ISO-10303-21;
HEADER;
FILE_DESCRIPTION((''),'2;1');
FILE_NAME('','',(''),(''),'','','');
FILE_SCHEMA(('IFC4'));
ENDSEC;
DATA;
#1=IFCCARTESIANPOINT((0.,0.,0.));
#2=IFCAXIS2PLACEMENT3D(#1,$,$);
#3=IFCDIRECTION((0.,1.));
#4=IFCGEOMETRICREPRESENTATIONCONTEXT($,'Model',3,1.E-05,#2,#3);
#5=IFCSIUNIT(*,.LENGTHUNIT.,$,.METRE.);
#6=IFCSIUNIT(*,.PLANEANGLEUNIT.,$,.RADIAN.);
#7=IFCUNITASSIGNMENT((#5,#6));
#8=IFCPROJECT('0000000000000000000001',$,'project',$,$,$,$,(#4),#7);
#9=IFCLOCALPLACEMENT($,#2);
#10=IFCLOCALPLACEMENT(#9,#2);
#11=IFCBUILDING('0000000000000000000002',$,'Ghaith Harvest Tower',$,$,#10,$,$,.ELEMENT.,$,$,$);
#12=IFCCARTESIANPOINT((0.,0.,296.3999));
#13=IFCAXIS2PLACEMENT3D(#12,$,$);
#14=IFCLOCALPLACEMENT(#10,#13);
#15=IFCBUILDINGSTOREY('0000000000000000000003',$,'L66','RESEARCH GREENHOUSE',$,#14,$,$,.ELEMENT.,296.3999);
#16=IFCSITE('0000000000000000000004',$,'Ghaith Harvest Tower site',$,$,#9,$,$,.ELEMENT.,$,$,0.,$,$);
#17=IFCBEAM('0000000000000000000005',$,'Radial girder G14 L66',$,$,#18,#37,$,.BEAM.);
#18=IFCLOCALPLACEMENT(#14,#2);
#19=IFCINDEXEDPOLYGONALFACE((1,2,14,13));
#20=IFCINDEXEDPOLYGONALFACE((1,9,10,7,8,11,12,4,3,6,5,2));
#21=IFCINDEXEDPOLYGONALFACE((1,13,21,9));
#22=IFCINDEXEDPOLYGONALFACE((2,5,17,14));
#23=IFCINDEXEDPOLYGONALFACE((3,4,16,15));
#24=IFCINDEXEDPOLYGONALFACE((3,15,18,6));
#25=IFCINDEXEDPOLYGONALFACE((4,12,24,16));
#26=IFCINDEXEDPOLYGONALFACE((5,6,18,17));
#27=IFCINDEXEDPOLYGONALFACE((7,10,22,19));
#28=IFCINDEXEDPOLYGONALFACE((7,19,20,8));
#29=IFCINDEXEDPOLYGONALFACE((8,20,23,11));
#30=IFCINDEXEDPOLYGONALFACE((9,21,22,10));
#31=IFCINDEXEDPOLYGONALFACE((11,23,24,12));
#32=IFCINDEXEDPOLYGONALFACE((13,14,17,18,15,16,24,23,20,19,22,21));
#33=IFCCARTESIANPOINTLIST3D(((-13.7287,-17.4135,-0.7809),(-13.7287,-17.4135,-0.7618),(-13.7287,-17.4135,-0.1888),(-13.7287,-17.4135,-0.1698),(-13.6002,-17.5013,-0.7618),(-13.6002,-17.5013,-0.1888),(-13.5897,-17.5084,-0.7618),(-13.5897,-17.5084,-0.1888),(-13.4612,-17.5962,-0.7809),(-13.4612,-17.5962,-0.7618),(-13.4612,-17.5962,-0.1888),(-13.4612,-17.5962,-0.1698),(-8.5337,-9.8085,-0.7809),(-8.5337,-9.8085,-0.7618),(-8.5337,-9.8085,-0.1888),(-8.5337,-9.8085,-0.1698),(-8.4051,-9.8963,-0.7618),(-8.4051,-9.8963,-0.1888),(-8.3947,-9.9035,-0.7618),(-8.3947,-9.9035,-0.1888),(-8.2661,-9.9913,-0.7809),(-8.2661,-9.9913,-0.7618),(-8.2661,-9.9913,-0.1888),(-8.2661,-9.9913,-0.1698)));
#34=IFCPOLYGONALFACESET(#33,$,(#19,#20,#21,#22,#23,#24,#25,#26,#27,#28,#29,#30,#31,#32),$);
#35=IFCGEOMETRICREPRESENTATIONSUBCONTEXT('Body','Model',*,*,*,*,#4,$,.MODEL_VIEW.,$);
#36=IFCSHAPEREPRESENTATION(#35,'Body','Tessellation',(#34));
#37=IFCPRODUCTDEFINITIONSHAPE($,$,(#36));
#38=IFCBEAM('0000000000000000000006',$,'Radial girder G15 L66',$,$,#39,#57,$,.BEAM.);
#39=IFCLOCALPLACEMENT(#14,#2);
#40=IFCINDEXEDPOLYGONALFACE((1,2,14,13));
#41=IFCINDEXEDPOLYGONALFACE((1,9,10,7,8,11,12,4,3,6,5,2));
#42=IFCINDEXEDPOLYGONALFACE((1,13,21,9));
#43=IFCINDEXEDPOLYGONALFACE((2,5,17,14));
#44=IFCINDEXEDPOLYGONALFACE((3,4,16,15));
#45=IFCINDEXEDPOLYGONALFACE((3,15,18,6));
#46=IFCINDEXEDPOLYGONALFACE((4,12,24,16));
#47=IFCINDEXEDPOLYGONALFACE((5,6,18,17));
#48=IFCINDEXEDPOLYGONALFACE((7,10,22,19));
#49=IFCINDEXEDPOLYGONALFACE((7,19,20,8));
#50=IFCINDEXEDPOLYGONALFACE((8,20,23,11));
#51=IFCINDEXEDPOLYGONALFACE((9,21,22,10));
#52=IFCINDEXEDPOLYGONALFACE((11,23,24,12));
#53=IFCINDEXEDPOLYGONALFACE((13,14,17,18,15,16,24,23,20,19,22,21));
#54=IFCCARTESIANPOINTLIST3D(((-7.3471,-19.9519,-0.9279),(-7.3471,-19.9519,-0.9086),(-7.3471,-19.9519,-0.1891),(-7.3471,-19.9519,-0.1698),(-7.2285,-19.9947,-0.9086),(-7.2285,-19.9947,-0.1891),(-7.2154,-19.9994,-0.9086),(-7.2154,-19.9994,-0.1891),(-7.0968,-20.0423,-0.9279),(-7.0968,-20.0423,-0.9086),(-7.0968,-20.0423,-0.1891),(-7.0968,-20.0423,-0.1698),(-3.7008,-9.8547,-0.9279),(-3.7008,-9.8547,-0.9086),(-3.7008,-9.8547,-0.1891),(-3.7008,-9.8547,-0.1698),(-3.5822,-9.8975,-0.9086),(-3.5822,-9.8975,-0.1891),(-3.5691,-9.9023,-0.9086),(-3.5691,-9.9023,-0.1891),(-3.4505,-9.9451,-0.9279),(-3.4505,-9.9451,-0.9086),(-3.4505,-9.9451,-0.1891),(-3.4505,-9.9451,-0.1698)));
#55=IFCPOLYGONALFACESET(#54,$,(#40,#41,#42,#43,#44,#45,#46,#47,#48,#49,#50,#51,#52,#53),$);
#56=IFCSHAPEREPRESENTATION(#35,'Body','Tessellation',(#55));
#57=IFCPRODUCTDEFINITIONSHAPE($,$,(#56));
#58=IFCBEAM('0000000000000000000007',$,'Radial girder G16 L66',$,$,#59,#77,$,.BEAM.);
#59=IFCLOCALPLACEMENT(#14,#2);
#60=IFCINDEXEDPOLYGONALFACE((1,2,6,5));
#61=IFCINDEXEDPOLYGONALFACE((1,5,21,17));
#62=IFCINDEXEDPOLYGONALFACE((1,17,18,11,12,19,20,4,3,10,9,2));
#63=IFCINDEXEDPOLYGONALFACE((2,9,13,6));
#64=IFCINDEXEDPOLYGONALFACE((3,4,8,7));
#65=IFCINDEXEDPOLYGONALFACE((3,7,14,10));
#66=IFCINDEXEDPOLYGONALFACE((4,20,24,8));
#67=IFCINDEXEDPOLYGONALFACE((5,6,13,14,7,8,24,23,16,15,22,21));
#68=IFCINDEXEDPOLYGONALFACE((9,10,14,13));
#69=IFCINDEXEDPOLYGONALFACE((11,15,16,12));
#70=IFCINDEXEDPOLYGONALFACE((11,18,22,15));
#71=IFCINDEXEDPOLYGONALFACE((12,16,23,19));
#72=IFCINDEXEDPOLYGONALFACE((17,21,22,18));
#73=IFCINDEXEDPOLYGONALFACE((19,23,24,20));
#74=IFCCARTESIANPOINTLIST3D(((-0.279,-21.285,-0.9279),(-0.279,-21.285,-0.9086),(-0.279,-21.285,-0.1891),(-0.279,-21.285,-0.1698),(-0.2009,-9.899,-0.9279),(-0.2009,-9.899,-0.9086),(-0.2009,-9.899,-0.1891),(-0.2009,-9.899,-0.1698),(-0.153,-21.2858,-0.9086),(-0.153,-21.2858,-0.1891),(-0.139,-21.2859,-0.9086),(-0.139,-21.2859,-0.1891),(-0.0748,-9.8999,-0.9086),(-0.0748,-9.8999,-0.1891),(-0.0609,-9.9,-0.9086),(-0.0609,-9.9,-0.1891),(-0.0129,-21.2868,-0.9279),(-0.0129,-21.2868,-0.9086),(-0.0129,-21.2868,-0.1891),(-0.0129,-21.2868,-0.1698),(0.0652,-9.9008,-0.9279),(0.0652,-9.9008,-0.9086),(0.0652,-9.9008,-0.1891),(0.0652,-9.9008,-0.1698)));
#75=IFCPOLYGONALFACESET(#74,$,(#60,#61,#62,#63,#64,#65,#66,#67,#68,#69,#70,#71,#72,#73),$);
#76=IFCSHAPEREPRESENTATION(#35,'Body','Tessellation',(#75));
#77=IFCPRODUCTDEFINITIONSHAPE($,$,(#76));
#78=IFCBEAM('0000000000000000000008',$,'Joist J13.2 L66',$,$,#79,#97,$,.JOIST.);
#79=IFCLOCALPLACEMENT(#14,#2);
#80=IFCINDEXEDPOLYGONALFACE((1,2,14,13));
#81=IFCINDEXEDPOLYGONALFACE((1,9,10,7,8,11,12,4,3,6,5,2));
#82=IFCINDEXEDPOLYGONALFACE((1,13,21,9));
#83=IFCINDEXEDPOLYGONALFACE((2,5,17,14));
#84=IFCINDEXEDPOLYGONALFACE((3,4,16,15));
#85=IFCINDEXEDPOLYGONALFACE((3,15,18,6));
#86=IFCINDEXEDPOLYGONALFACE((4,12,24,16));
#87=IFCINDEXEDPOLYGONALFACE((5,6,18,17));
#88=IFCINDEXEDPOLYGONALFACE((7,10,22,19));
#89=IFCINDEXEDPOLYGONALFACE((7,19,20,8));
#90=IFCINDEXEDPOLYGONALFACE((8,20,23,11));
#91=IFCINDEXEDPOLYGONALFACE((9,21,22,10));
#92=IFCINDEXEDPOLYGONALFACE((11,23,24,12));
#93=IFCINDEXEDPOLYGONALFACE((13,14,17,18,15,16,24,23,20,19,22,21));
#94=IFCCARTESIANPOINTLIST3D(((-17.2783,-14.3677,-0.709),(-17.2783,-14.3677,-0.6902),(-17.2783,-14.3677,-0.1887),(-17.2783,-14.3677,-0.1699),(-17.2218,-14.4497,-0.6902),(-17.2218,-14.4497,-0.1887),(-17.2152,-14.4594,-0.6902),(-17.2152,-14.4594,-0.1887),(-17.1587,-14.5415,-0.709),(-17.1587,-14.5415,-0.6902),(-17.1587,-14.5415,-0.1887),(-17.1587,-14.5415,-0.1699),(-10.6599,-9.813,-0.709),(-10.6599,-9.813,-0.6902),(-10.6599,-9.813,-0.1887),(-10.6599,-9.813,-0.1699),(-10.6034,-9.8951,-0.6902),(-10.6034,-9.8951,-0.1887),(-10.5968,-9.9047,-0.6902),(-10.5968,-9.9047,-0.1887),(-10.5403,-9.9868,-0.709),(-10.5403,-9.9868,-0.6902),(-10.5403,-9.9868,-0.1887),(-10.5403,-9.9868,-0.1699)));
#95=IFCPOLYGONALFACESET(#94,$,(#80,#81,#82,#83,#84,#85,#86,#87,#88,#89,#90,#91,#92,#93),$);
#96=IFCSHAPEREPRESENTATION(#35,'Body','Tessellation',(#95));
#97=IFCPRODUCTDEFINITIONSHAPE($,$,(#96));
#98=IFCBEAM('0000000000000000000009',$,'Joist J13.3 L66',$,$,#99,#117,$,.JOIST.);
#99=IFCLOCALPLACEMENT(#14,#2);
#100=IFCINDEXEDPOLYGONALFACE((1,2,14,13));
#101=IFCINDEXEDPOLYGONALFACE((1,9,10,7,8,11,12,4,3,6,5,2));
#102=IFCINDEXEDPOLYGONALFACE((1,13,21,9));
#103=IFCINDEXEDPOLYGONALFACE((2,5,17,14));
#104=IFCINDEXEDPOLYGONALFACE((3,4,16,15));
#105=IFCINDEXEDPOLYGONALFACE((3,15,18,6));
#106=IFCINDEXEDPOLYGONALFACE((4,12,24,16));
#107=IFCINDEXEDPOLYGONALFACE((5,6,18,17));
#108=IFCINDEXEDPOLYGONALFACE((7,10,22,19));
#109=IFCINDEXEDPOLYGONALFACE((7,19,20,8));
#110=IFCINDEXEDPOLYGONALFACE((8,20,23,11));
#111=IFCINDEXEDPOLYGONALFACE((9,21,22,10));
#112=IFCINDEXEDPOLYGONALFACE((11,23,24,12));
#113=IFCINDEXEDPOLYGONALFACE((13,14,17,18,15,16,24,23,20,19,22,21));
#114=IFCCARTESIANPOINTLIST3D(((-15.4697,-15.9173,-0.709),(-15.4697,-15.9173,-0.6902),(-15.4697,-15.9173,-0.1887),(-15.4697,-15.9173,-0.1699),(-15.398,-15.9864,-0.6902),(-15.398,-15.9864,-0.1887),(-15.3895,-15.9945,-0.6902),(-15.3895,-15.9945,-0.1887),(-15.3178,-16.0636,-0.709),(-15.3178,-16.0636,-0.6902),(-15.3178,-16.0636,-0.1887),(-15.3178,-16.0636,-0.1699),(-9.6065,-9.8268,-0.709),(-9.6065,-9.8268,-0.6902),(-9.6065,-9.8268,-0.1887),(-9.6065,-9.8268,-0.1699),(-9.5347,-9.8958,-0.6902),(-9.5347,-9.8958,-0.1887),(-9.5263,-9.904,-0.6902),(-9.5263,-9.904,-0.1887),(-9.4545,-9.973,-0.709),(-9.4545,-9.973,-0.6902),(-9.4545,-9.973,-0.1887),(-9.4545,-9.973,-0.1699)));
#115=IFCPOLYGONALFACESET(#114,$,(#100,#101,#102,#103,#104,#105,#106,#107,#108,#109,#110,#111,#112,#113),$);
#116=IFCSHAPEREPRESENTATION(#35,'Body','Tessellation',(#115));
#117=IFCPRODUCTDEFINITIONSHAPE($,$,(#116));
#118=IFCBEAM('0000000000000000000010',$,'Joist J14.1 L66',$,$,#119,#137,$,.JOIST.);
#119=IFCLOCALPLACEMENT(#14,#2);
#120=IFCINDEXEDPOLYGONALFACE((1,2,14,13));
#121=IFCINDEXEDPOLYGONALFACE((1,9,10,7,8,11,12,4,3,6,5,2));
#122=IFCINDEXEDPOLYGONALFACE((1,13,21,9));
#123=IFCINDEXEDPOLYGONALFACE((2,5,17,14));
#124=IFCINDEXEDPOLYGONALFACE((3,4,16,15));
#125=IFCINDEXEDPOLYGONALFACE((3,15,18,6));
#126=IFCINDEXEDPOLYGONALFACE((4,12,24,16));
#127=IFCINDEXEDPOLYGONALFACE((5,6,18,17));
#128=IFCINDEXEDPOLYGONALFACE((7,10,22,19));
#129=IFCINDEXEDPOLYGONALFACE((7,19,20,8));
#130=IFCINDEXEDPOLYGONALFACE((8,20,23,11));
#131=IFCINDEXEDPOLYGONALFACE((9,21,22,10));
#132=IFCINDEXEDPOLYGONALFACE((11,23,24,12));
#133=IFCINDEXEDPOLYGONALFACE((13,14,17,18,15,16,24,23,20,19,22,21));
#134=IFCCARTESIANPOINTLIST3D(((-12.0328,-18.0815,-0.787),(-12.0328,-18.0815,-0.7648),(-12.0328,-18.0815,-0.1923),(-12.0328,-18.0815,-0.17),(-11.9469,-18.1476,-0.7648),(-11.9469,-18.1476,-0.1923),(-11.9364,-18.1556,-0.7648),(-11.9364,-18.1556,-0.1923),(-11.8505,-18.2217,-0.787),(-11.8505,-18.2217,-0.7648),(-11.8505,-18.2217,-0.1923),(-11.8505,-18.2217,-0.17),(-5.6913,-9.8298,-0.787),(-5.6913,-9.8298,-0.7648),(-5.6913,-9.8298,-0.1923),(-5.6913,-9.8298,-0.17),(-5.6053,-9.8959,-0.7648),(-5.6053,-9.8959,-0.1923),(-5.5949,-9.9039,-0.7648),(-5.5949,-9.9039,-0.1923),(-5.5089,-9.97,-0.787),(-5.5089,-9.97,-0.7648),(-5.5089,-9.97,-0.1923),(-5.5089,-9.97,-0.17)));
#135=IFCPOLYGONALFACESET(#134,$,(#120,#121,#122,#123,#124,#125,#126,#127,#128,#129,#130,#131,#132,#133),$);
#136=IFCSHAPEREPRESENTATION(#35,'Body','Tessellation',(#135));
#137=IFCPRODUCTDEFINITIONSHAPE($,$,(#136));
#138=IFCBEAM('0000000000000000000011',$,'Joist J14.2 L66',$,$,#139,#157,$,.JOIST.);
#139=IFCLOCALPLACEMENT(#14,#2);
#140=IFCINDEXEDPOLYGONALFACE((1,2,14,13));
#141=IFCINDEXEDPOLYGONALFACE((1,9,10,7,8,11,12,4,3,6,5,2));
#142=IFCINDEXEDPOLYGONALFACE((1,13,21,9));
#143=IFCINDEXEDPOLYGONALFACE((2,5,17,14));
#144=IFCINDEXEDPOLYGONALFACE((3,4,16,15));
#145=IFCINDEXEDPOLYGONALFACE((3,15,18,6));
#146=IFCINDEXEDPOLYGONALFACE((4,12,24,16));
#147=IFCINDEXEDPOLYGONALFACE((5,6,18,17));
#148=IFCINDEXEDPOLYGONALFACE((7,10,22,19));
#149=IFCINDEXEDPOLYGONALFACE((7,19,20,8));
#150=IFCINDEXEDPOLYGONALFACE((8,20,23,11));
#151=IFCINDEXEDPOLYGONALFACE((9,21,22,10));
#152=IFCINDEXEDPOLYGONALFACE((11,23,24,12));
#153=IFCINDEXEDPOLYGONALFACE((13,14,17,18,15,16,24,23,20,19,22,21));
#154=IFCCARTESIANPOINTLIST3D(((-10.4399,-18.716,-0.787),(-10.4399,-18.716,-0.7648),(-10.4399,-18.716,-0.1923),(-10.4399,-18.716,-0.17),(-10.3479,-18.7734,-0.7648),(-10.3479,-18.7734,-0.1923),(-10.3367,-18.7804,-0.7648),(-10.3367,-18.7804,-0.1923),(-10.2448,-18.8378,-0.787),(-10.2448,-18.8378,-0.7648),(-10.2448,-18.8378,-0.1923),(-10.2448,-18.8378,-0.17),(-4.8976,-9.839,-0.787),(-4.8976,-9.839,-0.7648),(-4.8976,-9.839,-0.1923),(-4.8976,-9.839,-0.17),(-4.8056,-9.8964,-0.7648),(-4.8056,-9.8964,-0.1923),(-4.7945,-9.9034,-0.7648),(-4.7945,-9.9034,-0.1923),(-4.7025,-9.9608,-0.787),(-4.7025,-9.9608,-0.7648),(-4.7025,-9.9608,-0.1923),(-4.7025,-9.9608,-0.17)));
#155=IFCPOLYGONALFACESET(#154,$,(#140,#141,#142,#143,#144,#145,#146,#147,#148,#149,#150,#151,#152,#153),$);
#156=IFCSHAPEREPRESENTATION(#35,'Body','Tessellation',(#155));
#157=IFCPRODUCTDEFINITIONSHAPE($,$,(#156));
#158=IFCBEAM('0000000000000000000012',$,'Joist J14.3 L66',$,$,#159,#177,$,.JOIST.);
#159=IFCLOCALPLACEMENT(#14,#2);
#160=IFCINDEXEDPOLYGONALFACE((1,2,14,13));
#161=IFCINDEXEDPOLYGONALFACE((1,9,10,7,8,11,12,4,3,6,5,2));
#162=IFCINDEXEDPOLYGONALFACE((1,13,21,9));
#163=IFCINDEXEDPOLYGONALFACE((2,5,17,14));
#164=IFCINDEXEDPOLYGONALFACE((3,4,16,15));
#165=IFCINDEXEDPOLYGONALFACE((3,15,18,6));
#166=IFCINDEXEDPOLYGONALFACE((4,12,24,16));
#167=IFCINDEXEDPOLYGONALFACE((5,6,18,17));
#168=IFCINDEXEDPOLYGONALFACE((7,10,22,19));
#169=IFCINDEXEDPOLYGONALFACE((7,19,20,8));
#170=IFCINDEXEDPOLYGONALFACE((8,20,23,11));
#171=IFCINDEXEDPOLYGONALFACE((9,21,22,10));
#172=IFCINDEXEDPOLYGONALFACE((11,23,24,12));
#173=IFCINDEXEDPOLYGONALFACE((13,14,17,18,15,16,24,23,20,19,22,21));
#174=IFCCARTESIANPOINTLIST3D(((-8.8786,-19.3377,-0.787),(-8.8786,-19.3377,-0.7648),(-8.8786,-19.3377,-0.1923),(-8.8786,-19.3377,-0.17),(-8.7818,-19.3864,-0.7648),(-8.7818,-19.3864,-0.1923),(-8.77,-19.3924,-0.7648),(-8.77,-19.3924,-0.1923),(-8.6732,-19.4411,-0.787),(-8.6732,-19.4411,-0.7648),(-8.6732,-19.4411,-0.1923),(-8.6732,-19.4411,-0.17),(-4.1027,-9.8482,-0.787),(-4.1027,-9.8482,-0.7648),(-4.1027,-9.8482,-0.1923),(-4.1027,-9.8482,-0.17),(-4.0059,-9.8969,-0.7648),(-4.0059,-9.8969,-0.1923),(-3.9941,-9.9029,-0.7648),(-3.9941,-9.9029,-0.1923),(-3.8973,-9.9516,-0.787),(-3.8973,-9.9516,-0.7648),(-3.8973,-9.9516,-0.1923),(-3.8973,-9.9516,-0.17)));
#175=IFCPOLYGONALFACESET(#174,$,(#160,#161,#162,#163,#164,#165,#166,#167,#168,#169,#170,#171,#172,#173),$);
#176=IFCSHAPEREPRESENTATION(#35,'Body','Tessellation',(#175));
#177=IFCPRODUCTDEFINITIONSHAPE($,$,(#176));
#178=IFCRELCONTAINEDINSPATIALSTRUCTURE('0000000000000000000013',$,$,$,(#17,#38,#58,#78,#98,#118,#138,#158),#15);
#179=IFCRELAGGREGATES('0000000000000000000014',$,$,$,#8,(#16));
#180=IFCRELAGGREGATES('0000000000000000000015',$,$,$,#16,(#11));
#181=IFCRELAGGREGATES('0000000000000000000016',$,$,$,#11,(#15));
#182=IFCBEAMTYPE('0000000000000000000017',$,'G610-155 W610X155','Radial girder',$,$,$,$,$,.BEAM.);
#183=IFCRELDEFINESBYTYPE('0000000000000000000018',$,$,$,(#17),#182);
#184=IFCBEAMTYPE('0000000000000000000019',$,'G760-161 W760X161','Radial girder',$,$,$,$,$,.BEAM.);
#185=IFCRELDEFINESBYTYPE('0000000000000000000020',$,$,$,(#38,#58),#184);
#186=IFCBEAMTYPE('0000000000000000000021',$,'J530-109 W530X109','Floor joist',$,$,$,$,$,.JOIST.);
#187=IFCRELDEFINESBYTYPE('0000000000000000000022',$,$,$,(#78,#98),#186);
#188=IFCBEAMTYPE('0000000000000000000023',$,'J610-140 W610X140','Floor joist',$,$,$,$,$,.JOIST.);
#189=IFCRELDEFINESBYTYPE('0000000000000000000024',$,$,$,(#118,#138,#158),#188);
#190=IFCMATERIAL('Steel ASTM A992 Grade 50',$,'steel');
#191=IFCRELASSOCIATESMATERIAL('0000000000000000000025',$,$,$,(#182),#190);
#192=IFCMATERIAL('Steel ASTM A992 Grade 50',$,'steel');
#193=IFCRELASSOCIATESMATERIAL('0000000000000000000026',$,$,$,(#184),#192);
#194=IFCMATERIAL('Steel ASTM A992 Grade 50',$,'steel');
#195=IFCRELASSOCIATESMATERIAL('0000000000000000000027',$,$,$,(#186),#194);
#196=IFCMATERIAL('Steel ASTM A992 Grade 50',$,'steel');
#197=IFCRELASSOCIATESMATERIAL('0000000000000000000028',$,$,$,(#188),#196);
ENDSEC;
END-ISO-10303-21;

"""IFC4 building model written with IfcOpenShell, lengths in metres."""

from ifc_helpers import new_model, si_unit, direction, frame, origin, origin_2d, place, context, subcontext, project, spatial, i_section, extrude, material, material_profile, profile_set, type_object, element, save


model = new_model("IFC4")

# Units and contexts
model_context = context("Model", 3, precision=1e-05, world=origin(), true_north=direction((0.0, 1.0)))
body_context = subcontext(model_context, "Body", "Model", "MODEL_VIEW")
ifc_project = project(units=[si_unit("LENGTHUNIT", "METRE"), si_unit("PLANEANGLEUNIT", "RADIAN")], contexts=[model_context])

# Site, building, storey
site_placement = place(None, origin())
site = spatial("IfcSite", under=ifc_project, at=site_placement, Name="Ghaith Harvest Tower site", CompositionType="ELEMENT", RefElevation=0.0)
building_placement = place(site_placement, origin())
building = spatial("IfcBuilding", under=site, at=building_placement, Name="Ghaith Harvest Tower", CompositionType="ELEMENT")
storey_placement = place(building_placement, frame((0.0, 0.0, 296.3999)))
storey = spatial("IfcBuildingStorey", under=building, at=storey_placement, Name="L66", Description="RESEARCH GREENHOUSE", CompositionType="ELEMENT", Elevation=296.3999)

# Beams
ifc_material_1 = material(Name="Steel ASTM A992 Grade 50", Category="steel")
ifc_material_profile_1 = material_profile(ifc_material_1, i_section(OverallWidth=0.324, OverallDepth=0.6111, WebThickness=0.0127, FlangeThickness=0.019, at=origin_2d()), Name="W610X155")
ifc_profile_set_1 = profile_set([ifc_material_profile_1], Name="Steel ASTM A992 Grade 50")
beam_type_1 = type_object("IfcBeamType", Name="G610-155 W610X155", Description="Radial girder", PredefinedType="BEAM", material=ifc_profile_set_1)
beam_1_placement = place(storey_placement, frame((-8.3999, -9.8999, -0.4753), z_axis=(-0.564067, -0.825729, 0.0), x_axis=(0.825729, -0.564067, 0.0)))
element("IfcBeam", 1, at=beam_1_placement, inside=storey, type_object=beam_type_1, Name="Radial girder G14 L66", PredefinedType="BEAM", context=body_context, shape_type="SweptSolid", body=[
    extrude(i_section(OverallWidth=0.324, OverallDepth=0.6111, WebThickness=0.0127, FlangeThickness=0.019, at=origin_2d()), origin(), (0.0, 0.0, 1.0), 9.21),
])
ifc_material_2 = material(Name="Steel ASTM A992 Grade 50", Category="steel")
ifc_material_profile_2 = material_profile(ifc_material_2, i_section(OverallWidth=0.2661, OverallDepth=0.7581, WebThickness=0.0139, FlangeThickness=0.0193, at=origin_2d()), Name="W760X161")
ifc_profile_set_2 = profile_set([ifc_material_profile_2], Name="Steel ASTM A992 Grade 50")
beam_type_2 = type_object("IfcBeamType", Name="G760-161 W760X161", Description="Radial girder", PredefinedType="BEAM", material=ifc_profile_set_2)
beam_2_placement = place(storey_placement, frame((-3.5757, -9.8999, -0.5488), z_axis=(-0.339648, -0.940553, 0.0), x_axis=(0.940553, -0.339648, 0.0)))
element("IfcBeam", 2, at=beam_2_placement, inside=storey, type_object=beam_type_2, Name="Radial girder G15 L66", PredefinedType="BEAM", context=body_context, shape_type="SweptSolid", body=[
    extrude(i_section(OverallWidth=0.2661, OverallDepth=0.7581, WebThickness=0.0139, FlangeThickness=0.0193, at=origin_2d()), origin(), (0.0, 0.0, 1.0), 10.7354),
])
beam_3_placement = place(storey_placement, frame((-0.0679, -9.8999, -0.5488), z_axis=(-0.006861, -0.999976, 0.0), x_axis=(0.999976, -0.006861, 0.0)))
element("IfcBeam", 3, at=beam_3_placement, inside=storey, type_object=beam_type_2, Name="Radial girder G16 L66", PredefinedType="BEAM", context=body_context, shape_type="SweptSolid", body=[
    extrude(i_section(OverallWidth=0.2661, OverallDepth=0.7581, WebThickness=0.0139, FlangeThickness=0.0193, at=origin_2d()), origin(), (0.0, 0.0, 1.0), 11.3862),
])
ifc_material_3 = material(Name="Steel ASTM A992 Grade 50", Category="steel")
ifc_material_profile_3 = material_profile(ifc_material_3, i_section(OverallWidth=0.2109, OverallDepth=0.5391, WebThickness=0.0117, FlangeThickness=0.0188, at=origin_2d()), Name="W530X109")
ifc_profile_set_3 = profile_set([ifc_material_profile_3], Name="Steel ASTM A992 Grade 50")
beam_type_3 = type_object("IfcBeamType", Name="J530-109 W530X109", Description="Floor joist", PredefinedType="JOIST", material=ifc_profile_set_3)
beam_4_placement = place(storey_placement, frame((-10.6001, -9.8999, -0.4395), z_axis=(-0.823779, -0.566912, 0.0), x_axis=(0.566912, -0.823779, 0.0)))
element("IfcBeam", 4, at=beam_4_placement, inside=storey, type_object=beam_type_3, Name="Joist J13.2 L66", PredefinedType="JOIST", context=body_context, shape_type="SweptSolid", body=[
    extrude(i_section(OverallWidth=0.2109, OverallDepth=0.5391, WebThickness=0.0117, FlangeThickness=0.0188, at=origin_2d()), origin(), (0.0, 0.0, 1.0), 8.0342),
])
beam_5_placement = place(storey_placement, frame((-9.5305, -9.8999, -0.4395), z_axis=(-0.693536, -0.720422, 0.0), x_axis=(0.720422, -0.693536, 0.0)))
element("IfcBeam", 5, at=beam_5_placement, inside=storey, type_object=beam_type_3, Name="Joist J13.3 L66", PredefinedType="JOIST", context=body_context, shape_type="SweptSolid", body=[
    extrude(i_section(OverallWidth=0.2109, OverallDepth=0.5391, WebThickness=0.0117, FlangeThickness=0.0188, at=origin_2d()), origin(), (0.0, 0.0, 1.0), 8.4541),
])
ifc_material_4 = material(Name="Steel ASTM A992 Grade 50", Category="steel")
ifc_material_profile_4 = material_profile(ifc_material_4, i_section(OverallWidth=0.23, OverallDepth=0.6169, WebThickness=0.0132, FlangeThickness=0.0222, at=origin_2d()), Name="W610X140")
ifc_profile_set_4 = profile_set([ifc_material_profile_4], Name="Steel ASTM A992 Grade 50")
beam_type_4 = type_object("IfcBeamType", Name="J610-140 W610X140", Description="Floor joist", PredefinedType="JOIST", material=ifc_profile_set_4)
beam_6_placement = place(storey_placement, frame((-5.6001, -9.8999, -0.4785), z_axis=(-0.609354, -0.792899, 0.0), x_axis=(0.792899, -0.609354, 0.0)))
element("IfcBeam", 6, at=beam_6_placement, inside=storey, type_object=beam_type_4, Name="Joist J14.1 L66", PredefinedType="JOIST", context=body_context, shape_type="SweptSolid", body=[
    extrude(i_section(OverallWidth=0.23, OverallDepth=0.6169, WebThickness=0.0132, FlangeThickness=0.0222, at=origin_2d()), origin(), (0.0, 0.0, 1.0), 10.407),
])
beam_7_placement = place(storey_placement, frame((-4.8, -9.8999, -0.4785), z_axis=(-0.529596, -0.84825, 0.0), x_axis=(0.84825, -0.529596, 0.0)))
element("IfcBeam", 7, at=beam_7_placement, inside=storey, type_object=beam_type_4, Name="Joist J14.2 L66", PredefinedType="JOIST", context=body_context, shape_type="SweptSolid", body=[
    extrude(i_section(OverallWidth=0.23, OverallDepth=0.6169, WebThickness=0.0132, FlangeThickness=0.0222, at=origin_2d()), origin(), (0.0, 0.0, 1.0), 10.4651),
])
beam_8_placement = place(storey_placement, frame((-4.0, -9.8999, -0.4785), z_axis=(-0.449556, -0.893252, 0.0), x_axis=(0.893252, -0.449556, 0.0)))
element("IfcBeam", 8, at=beam_8_placement, inside=storey, type_object=beam_type_4, Name="Joist J14.3 L66", PredefinedType="JOIST", context=body_context, shape_type="SweptSolid", body=[
    extrude(i_section(OverallWidth=0.23, OverallDepth=0.6169, WebThickness=0.0132, FlangeThickness=0.0222, at=origin_2d()), origin(), (0.0, 0.0, 1.0), 10.6235),
])

save(model, "model.ifc")
